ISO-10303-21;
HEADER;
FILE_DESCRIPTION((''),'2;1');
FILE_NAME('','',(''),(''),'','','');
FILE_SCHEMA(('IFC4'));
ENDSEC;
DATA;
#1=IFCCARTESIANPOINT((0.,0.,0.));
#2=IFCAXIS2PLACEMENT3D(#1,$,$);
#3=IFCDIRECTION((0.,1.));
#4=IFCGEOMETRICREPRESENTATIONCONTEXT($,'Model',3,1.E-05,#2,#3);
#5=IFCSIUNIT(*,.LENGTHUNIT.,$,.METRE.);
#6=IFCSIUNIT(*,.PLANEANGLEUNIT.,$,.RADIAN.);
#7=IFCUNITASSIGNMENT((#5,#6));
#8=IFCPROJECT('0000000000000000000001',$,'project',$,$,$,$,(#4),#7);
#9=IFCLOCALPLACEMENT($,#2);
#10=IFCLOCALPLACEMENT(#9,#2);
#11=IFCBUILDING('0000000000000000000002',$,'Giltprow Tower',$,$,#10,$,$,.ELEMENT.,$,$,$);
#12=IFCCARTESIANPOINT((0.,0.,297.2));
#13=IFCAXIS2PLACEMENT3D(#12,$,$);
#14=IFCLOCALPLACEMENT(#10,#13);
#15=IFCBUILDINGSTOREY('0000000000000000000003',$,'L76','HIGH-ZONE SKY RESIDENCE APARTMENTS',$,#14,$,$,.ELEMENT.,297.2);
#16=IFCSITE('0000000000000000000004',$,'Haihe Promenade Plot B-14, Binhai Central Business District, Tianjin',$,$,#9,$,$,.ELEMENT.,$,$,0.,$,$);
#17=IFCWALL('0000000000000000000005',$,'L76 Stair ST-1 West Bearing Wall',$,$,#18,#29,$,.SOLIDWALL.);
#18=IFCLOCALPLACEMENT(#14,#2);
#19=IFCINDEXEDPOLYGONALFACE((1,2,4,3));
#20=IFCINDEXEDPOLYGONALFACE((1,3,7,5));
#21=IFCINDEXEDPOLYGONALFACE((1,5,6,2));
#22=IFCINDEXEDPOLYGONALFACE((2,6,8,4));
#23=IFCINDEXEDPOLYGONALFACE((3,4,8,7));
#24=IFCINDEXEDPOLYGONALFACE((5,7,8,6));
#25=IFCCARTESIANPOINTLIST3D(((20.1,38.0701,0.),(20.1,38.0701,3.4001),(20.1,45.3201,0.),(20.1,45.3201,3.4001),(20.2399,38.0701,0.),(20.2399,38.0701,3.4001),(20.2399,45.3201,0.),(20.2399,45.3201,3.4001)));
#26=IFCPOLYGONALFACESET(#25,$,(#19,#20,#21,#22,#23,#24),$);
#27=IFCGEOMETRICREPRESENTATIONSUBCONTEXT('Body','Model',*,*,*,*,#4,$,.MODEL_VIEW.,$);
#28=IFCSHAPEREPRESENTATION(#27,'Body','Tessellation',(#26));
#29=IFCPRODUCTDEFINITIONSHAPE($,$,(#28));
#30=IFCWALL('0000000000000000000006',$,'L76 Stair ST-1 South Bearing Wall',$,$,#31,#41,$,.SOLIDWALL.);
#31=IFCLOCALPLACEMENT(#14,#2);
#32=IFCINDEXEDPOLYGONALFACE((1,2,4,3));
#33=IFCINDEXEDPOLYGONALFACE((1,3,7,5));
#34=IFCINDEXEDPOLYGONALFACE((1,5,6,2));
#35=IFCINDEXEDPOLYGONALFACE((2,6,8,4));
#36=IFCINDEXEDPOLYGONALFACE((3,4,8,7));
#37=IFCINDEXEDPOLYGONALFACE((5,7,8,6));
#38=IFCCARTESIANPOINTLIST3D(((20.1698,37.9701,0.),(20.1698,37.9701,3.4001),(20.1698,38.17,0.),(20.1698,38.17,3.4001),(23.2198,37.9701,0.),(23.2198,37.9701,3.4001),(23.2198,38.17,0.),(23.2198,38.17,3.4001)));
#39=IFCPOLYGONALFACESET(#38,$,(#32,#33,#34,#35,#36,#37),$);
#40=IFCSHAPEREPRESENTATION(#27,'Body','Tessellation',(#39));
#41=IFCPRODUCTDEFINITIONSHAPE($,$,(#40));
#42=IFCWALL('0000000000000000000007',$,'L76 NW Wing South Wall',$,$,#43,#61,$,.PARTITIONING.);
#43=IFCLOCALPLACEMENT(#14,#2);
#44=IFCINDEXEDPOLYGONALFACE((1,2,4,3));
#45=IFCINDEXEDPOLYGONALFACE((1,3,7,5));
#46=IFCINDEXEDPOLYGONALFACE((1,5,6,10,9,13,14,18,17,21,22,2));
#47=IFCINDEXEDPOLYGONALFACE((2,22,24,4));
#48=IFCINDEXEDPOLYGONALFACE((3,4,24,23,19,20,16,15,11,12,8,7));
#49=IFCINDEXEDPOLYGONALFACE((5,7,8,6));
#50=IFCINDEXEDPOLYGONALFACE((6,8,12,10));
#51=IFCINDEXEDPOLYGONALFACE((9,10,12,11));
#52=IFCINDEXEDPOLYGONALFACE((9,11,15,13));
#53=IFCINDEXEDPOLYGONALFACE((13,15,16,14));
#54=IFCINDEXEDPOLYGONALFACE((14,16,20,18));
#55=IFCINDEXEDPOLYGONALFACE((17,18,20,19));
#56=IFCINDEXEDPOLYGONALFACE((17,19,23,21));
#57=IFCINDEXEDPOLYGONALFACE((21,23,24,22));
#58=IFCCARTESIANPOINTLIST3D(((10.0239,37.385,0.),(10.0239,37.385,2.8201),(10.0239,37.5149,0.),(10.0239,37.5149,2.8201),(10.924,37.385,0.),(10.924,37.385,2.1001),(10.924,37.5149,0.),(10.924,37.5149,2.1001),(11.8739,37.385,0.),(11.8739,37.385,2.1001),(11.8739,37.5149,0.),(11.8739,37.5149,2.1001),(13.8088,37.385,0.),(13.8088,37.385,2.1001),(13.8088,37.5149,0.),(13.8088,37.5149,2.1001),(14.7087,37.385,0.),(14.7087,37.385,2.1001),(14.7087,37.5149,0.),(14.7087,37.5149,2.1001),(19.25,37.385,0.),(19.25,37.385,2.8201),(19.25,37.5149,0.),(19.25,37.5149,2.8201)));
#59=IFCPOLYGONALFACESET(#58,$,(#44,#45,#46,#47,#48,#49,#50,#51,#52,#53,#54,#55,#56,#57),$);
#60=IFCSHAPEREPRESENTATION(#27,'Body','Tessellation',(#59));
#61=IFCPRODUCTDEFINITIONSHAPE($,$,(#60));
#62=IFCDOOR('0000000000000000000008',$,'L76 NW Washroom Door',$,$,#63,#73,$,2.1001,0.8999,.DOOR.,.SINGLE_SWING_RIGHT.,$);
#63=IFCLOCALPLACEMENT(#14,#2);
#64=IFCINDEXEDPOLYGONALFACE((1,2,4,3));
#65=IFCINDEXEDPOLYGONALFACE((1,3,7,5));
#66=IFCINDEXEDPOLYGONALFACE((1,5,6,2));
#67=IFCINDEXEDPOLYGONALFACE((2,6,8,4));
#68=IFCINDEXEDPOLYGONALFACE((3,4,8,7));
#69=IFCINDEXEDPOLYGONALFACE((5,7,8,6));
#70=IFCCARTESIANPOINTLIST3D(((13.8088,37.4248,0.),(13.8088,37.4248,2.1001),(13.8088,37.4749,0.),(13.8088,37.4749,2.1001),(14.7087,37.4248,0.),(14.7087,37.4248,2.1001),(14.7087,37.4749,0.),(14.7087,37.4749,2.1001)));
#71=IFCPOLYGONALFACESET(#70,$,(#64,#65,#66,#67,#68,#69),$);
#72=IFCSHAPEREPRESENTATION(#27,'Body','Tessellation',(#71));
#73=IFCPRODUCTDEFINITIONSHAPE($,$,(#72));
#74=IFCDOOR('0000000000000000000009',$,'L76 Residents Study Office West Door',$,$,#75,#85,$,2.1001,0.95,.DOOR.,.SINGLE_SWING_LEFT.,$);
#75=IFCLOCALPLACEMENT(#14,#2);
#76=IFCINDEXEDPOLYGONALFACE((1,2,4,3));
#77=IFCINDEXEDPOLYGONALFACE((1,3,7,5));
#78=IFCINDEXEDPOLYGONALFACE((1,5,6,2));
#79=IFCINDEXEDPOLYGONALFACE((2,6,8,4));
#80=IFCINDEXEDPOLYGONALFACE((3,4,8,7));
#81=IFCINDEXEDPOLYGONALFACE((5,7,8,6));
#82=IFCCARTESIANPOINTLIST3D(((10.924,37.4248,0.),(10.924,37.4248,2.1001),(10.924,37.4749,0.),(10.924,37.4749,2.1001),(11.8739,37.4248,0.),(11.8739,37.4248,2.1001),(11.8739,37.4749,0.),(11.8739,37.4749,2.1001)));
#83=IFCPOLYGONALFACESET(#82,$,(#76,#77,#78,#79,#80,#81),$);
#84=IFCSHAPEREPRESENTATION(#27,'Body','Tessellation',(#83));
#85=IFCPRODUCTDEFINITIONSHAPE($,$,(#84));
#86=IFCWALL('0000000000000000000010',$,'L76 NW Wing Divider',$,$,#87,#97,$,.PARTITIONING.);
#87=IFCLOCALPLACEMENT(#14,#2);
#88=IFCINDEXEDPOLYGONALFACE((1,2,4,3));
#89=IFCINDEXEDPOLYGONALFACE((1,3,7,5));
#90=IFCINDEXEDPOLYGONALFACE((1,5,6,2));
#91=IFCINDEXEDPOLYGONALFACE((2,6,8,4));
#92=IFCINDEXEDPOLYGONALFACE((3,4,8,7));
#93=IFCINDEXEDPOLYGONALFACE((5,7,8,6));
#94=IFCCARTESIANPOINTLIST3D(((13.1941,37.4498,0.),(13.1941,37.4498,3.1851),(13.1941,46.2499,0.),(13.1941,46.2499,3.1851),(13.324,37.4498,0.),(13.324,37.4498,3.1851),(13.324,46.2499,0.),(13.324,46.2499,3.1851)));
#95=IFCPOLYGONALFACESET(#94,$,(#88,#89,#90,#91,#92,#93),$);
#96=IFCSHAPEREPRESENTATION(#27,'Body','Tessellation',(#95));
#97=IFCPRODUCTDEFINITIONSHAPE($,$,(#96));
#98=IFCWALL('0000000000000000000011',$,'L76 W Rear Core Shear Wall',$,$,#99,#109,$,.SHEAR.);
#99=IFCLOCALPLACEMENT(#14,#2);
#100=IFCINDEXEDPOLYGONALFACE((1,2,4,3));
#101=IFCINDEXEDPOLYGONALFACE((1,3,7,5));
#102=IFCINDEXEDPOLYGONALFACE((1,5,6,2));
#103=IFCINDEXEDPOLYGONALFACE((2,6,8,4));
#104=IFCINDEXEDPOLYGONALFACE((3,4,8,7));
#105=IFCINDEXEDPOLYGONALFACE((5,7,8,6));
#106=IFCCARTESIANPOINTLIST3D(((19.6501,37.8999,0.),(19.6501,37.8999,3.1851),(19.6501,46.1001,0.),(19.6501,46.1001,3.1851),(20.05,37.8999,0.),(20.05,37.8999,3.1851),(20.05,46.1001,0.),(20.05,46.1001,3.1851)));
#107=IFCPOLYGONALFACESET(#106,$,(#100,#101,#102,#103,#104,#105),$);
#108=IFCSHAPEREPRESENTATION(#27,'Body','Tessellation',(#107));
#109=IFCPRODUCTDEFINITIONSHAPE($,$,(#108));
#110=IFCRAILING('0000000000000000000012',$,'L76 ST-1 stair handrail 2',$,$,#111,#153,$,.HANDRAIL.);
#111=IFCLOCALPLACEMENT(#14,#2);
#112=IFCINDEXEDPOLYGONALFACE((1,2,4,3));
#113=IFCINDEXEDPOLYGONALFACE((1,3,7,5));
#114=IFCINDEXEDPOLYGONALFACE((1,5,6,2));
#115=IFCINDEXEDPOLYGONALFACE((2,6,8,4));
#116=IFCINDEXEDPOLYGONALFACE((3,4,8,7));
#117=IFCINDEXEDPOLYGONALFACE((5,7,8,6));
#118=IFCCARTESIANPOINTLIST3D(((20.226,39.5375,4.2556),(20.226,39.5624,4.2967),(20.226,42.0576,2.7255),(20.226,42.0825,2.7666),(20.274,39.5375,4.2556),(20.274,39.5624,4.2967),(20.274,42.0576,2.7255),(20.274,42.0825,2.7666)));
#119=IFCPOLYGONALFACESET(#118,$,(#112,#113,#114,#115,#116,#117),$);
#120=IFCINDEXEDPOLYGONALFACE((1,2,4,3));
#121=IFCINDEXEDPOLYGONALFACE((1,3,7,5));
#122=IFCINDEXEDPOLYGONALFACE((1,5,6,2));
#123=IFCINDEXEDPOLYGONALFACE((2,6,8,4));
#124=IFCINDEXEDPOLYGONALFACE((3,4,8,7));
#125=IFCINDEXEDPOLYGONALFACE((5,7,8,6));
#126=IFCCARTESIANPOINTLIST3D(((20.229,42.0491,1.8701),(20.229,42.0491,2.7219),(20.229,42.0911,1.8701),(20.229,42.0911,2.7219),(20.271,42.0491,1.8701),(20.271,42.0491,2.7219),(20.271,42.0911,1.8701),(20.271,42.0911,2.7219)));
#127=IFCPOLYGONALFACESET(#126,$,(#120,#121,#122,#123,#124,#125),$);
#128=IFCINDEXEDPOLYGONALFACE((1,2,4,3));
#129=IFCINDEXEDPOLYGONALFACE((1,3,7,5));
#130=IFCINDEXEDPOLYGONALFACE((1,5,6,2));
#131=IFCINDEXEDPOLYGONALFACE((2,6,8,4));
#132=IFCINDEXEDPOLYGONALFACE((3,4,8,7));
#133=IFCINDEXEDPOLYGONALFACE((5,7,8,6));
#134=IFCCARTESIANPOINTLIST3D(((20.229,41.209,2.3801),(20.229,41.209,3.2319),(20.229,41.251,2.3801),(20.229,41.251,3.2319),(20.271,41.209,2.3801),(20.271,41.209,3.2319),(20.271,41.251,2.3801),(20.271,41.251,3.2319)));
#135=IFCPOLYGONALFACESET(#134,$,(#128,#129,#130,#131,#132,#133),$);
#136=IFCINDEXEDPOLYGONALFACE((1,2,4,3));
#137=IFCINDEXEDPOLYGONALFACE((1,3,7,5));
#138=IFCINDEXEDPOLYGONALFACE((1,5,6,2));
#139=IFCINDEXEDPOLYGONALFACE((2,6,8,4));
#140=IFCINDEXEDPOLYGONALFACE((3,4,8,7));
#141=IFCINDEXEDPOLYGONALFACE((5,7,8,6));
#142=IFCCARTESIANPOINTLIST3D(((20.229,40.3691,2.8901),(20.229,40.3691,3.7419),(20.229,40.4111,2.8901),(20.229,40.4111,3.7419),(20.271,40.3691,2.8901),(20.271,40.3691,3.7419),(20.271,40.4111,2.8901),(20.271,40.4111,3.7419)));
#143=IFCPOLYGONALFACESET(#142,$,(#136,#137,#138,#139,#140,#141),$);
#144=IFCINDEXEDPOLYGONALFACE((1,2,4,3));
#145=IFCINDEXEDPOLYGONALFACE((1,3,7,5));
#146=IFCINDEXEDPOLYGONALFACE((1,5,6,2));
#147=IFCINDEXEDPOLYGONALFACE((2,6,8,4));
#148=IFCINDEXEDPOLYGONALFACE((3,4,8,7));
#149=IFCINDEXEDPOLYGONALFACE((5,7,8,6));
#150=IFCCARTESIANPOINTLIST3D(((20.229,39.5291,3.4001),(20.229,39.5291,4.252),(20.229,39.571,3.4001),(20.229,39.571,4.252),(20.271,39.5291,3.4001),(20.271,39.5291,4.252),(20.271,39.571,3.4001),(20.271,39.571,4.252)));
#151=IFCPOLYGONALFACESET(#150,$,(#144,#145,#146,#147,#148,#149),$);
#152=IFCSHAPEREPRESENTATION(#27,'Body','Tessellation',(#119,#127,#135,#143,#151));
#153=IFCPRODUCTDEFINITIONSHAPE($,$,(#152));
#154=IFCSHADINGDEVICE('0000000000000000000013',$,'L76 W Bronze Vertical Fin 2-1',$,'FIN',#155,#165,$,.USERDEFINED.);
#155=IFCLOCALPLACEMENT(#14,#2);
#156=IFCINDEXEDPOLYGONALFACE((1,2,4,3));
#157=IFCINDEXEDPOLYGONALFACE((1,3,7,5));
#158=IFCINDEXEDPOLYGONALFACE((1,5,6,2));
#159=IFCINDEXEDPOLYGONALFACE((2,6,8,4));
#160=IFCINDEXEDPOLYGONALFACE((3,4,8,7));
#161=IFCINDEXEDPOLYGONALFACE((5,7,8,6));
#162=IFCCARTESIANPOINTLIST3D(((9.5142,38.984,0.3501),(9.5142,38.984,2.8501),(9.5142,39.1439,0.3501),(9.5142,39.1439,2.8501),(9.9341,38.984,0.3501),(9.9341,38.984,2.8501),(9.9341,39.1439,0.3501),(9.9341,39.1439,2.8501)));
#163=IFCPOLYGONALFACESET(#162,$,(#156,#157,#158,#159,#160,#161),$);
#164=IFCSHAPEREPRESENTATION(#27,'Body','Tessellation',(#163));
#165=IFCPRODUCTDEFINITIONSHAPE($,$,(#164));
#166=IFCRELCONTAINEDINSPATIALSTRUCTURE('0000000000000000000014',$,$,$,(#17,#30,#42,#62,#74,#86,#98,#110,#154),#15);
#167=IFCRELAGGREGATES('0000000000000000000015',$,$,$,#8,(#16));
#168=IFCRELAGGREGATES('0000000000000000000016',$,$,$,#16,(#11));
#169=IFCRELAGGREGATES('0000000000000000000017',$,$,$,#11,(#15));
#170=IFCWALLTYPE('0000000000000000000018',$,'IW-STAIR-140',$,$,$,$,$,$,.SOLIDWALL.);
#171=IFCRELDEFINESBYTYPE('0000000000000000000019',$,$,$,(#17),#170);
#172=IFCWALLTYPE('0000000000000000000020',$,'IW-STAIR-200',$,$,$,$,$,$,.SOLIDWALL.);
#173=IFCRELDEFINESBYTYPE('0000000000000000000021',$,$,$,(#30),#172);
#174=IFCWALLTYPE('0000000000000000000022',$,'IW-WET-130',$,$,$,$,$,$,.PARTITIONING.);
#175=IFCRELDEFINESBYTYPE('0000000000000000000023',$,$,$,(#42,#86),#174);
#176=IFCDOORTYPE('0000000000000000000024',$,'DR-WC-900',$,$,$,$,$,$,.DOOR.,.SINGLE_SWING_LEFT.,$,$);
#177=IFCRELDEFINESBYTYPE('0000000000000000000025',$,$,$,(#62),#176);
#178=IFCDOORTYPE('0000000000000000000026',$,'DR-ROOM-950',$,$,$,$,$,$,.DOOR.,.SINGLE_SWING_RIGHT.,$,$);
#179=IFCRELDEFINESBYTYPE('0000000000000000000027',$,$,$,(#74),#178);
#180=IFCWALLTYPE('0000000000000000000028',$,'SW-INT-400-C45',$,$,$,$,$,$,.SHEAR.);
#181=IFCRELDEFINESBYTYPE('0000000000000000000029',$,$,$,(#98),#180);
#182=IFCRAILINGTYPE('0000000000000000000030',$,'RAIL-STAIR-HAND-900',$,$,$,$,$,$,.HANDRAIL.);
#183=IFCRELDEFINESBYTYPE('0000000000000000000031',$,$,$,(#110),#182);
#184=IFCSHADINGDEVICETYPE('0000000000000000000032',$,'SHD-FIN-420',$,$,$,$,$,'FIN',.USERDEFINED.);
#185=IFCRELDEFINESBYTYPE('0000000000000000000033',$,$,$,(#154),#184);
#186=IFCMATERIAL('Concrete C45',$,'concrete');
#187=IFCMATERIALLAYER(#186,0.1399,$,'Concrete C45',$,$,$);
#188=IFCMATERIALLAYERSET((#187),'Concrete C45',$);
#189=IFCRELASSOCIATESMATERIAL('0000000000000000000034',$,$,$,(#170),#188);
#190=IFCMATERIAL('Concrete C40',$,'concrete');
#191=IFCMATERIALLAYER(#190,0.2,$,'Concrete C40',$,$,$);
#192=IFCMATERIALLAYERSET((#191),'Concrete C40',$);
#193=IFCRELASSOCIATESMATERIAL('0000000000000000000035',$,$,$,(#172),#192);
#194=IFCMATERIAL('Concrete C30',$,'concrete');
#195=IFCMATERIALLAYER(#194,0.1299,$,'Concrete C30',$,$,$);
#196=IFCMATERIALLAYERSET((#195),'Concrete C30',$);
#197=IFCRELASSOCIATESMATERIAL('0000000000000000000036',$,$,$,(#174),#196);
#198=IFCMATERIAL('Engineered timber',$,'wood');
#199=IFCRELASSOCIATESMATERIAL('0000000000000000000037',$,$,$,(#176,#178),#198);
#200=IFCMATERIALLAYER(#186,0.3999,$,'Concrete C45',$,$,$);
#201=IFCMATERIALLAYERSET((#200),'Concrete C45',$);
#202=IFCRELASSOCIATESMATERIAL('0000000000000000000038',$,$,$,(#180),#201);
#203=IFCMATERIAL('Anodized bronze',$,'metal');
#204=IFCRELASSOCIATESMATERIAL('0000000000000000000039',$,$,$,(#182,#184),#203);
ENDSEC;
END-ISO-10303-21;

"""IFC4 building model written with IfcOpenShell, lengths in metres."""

from ifc_helpers import new_model, si_unit, direction, frame, frame_2d, origin, origin_2d, place, context, subcontext, project, spatial, rectangle, extrude, source, transform, mapped, material, layer, layer_set, type_object, element, fill, save


model = new_model("IFC4")

# Units and contexts
model_context = context("Model", 3, precision=1e-05, world=origin(), true_north=direction((0.0, 1.0)))
body_context = subcontext(model_context, "Body", "Model", "MODEL_VIEW")
ifc_project = project(units=[si_unit("LENGTHUNIT", "METRE"), si_unit("PLANEANGLEUNIT", "RADIAN")], contexts=[model_context])

# Site, building, storey
site_placement = place(None, origin())
site = spatial("IfcSite", under=ifc_project, at=site_placement, Name="Haihe Promenade Plot B-14, Binhai Central Business District, Tianjin", CompositionType="ELEMENT", RefElevation=0.0)
building_placement = place(site_placement, origin())
building = spatial("IfcBuilding", under=site, at=building_placement, Name="Giltprow Tower", CompositionType="ELEMENT")
storey_placement = place(building_placement, frame((0.0, 0.0, 297.2)))
storey = spatial("IfcBuildingStorey", under=building, at=storey_placement, Name="L76", Description="HIGH-ZONE SKY RESIDENCE APARTMENTS", CompositionType="ELEMENT", Elevation=297.2)

# Shared definitions
ifc_material_1 = material(Name="Concrete C45", Category="concrete")

# Shared definitions
ifc_material_2 = material(Name="Engineered timber", Category="wood")

# Walls
ifc_layer_1 = layer(ifc_material_1, 0.1399, Name="Concrete C45")
ifc_layer_set_1 = layer_set([ifc_layer_1], Name="Concrete C45")
wall_type_1 = type_object("IfcWallType", Name="IW-STAIR-140", PredefinedType="SOLIDWALL", material=ifc_layer_set_1)
wall_1_placement = place(storey_placement, frame((20.1699, 38.0701, 0.0), z_axis=(0.0, 0.0, 1.0), x_axis=(0.0, 1.0, 0.0)))
element("IfcWall", 1, at=wall_1_placement, inside=storey, type_object=wall_type_1, Name="L76 Stair ST-1 West Bearing Wall", PredefinedType="SOLIDWALL", context=body_context, shape_type="SweptSolid", body=[
    extrude(rectangle(XDim=7.25, YDim=0.1399, at=frame_2d((3.625, 0.0))), origin(), (0.0, 0.0, 1.0), 3.4001),
])
ifc_material_3 = material(Name="Concrete C40", Category="concrete")
ifc_layer_2 = layer(ifc_material_3, 0.2, Name="Concrete C40")
ifc_layer_set_2 = layer_set([ifc_layer_2], Name="Concrete C40")
wall_type_2 = type_object("IfcWallType", Name="IW-STAIR-200", PredefinedType="SOLIDWALL", material=ifc_layer_set_2)
wall_2_placement = place(storey_placement, frame((20.1699, 38.0701, 0.0), z_axis=(0.0, 0.0, 1.0), x_axis=(1.0, 0.0, 0.0)))
element("IfcWall", 2, at=wall_2_placement, inside=storey, type_object=wall_type_2, Name="L76 Stair ST-1 South Bearing Wall", PredefinedType="SOLIDWALL", context=body_context, shape_type="SweptSolid", body=[
    extrude(rectangle(XDim=3.05, YDim=0.2, at=frame_2d((1.5249, 0.0))), origin(), (0.0, 0.0, 1.0), 3.4001),
])

# Wall, openings, doors
ifc_material_4 = material(Name="Concrete C30", Category="concrete")
ifc_layer_3 = layer(ifc_material_4, 0.1299, Name="Concrete C30")
ifc_layer_set_3 = layer_set([ifc_layer_3], Name="Concrete C30")
wall_type_3 = type_object("IfcWallType", Name="IW-WET-130", PredefinedType="PARTITIONING", material=ifc_layer_set_3)
wall_3_placement = place(storey_placement, frame((10.0239, 37.45, 0.0), z_axis=(0.0, 0.0, 1.0), x_axis=(1.0, 0.0, 0.0)))
wall_3 = element("IfcWall", 3, at=wall_3_placement, inside=storey, type_object=wall_type_3, Name="L76 NW Wing South Wall", PredefinedType="PARTITIONING", context=body_context, shape_type="SweptSolid", body=[
    extrude(rectangle(XDim=9.2261, YDim=0.1299, at=frame_2d((4.613, 0.0))), origin(), (0.0, 0.0, 1.0), 2.8201),
])
opening_1_placement = place(wall_3_placement, frame((0.8999, 0.0, 0.0)))
opening_1 = element("IfcOpeningElement", 4, at=opening_1_placement, cuts=wall_3, PredefinedType="OPENING", context=body_context, shape_type="SweptSolid", body=[
    extrude(rectangle(XDim=0.95, YDim=2.1001, at=frame_2d((0.4751, 1.05))), frame((0.0, 0.075, 0.0), z_axis=(0.0, -1.0, 0.0), x_axis=(1.0, 0.0, 0.0)), (0.0, 0.0, 1.0), 0.1499),
])
opening_2_placement = place(wall_3_placement, frame((3.7849, 0.0, 0.0)))
opening_2 = element("IfcOpeningElement", 5, at=opening_2_placement, cuts=wall_3, PredefinedType="OPENING", context=body_context, shape_type="SweptSolid", body=[
    extrude(rectangle(XDim=0.8999, YDim=2.1001, at=frame_2d((0.45, 1.05))), frame((0.0, 0.075, 0.0), z_axis=(0.0, -1.0, 0.0), x_axis=(1.0, 0.0, 0.0)), (0.0, 0.0, 1.0), 0.1499),
])
door_type_1 = type_object("IfcDoorType", Name="DR-WC-900", OperationType="SINGLE_SWING_LEFT", PredefinedType="DOOR", material=ifc_material_2)
shared_shape_1 = source(origin(), body_context, "Body", "SweptSolid", [
    extrude(rectangle(XDim=0.8999, YDim=2.1001, at=frame_2d((0.45, 1.05))), frame((0.0, 0.0249, 0.0), z_axis=(0.0, -1.0, 0.0), x_axis=(1.0, 0.0, 0.0)), (0.0, 0.0, 1.0), 0.05),
])
door_1_placement = place(opening_2_placement, origin())
door_1 = element("IfcDoor", 6, at=door_1_placement, inside=storey, type_object=door_type_1, Name="L76 NW Washroom Door", OperationType="SINGLE_SWING_RIGHT", OverallHeight=2.1001, OverallWidth=0.8999, PredefinedType="DOOR", context=body_context, shape_type="MappedRepresentation", body=[
    mapped(shared_shape_1, transform((0.0, 0.0, 0.0), x_axis=(1.0, 0.0, 0.0), y_axis=(0.0, 1.0, 0.0), z_axis=(0.0, 0.0, 1.0), scale=1.0)),
])
fill(opening_2, door_1)
door_type_2 = type_object("IfcDoorType", Name="DR-ROOM-950", OperationType="SINGLE_SWING_RIGHT", PredefinedType="DOOR", material=ifc_material_2)
shared_shape_2 = source(origin(), body_context, "Body", "SweptSolid", [
    extrude(rectangle(XDim=0.95, YDim=2.1001, at=frame_2d((0.4751, 1.05))), frame((0.0, 0.0249, 0.0), z_axis=(0.0, -1.0, 0.0), x_axis=(1.0, 0.0, 0.0)), (0.0, 0.0, 1.0), 0.05),
])
door_2_placement = place(opening_1_placement, origin())
door_2 = element("IfcDoor", 7, at=door_2_placement, inside=storey, type_object=door_type_2, Name="L76 Residents Study Office West Door", OperationType="SINGLE_SWING_LEFT", OverallHeight=2.1001, OverallWidth=0.95, PredefinedType="DOOR", context=body_context, shape_type="MappedRepresentation", body=[
    mapped(shared_shape_2, transform((0.0, 0.0, 0.0), x_axis=(1.0, 0.0, 0.0), y_axis=(0.0, 1.0, 0.0), z_axis=(0.0, 0.0, 1.0), scale=1.0)),
])
fill(opening_1, door_2)

# Wall
wall_4_placement = place(storey_placement, frame((13.259, 37.45, 0.0), z_axis=(0.0, 0.0, 1.0), x_axis=(0.0, 1.0, 0.0)))
element("IfcWall", 8, at=wall_4_placement, inside=storey, type_object=wall_type_3, Name="L76 NW Wing Divider", PredefinedType="PARTITIONING", context=body_context, shape_type="SweptSolid", body=[
    extrude(rectangle(XDim=8.8, YDim=0.1299, at=frame_2d((4.3999, 0.0))), origin(), (0.0, 0.0, 1.0), 3.1851),
])

# Shared definitions
ifc_layer_4 = layer(ifc_material_1, 0.3999, Name="Concrete C45")
ifc_layer_set_4 = layer_set([ifc_layer_4], Name="Concrete C45")
wall_type_4 = type_object("IfcWallType", Name="SW-INT-400-C45", PredefinedType="SHEAR", material=ifc_layer_set_4)

# Wall
wall_5_placement = place(storey_placement, frame((19.8501, 37.8999, 0.0), z_axis=(0.0, 0.0, 1.0), x_axis=(0.0, 1.0, 0.0)))
element("IfcWall", 9, at=wall_5_placement, inside=storey, type_object=wall_type_4, Name="L76 W Rear Core Shear Wall", PredefinedType="SHEAR", context=body_context, shape_type="SweptSolid", body=[
    extrude(rectangle(XDim=8.2002, YDim=0.3999, at=frame_2d((4.1001, 0.0))), origin(), (0.0, 0.0, 1.0), 3.1851),
])

# Railing
ifc_material_5 = material(Name="Anodized bronze", Category="metal")
railing_type = type_object("IfcRailingType", Name="RAIL-STAIR-HAND-900", PredefinedType="HANDRAIL", material=ifc_material_5)
railing_placement = place(storey_placement, frame((20.25, 42.0701, 1.8701)))
element("IfcRailing", 10, at=railing_placement, inside=storey, type_object=railing_type, Name="L76 ST-1 stair handrail 2", PredefinedType="HANDRAIL", context=body_context, shape_type="SweptSolid", body=[
    extrude(rectangle(XDim=0.0481, YDim=0.0481, at=origin_2d()), frame((0.0, 0.0, 0.876), z_axis=(0.0, -0.854785, 0.518982), x_axis=(1.0, 0.0, 0.0)), (0.0, 0.0, 1.0), 2.9482),
    extrude(rectangle(XDim=0.042, YDim=0.042, at=origin_2d()), origin(), (0.0, 0.0, 1.0), 0.8518),
    extrude(rectangle(XDim=0.042, YDim=0.042, at=origin_2d()), frame((0.0, -0.8401, 0.51)), (0.0, 0.0, 1.0), 0.8518),
    extrude(rectangle(XDim=0.042, YDim=0.042, at=origin_2d()), frame((0.0, -1.6799, 1.02)), (0.0, 0.0, 1.0), 0.8518),
    extrude(rectangle(XDim=0.042, YDim=0.042, at=origin_2d()), frame((0.0, -2.52, 1.53)), (0.0, 0.0, 1.0), 0.8518),
])

# Shading device
shading_device_type = type_object("IfcShadingDeviceType", Name="SHD-FIN-420", ElementType="FIN", PredefinedType="USERDEFINED", material=ifc_material_5)
shared_shape_3 = source(origin(), body_context, "Body", "SweptSolid", [
    extrude(rectangle(XDim=0.4199, YDim=0.1599, at=origin_2d()), origin(), (0.0, 0.0, 1.0), 2.5),
])
shading_device_placement = place(storey_placement, frame((9.7241, 39.064, 0.3501), z_axis=(0.0, 0.0, 1.0), x_axis=(1.0, 0.0, 0.0)))
element("IfcShadingDevice", 11, at=shading_device_placement, inside=storey, type_object=shading_device_type, Name="L76 W Bronze Vertical Fin 2-1", ObjectType="FIN", PredefinedType="USERDEFINED", context=body_context, shape_type="MappedRepresentation", body=[
    mapped(shared_shape_3, transform((0.0, 0.0, 0.0), x_axis=(1.0, 0.0, 0.0), y_axis=(0.0, 1.0, 0.0), z_axis=(0.0, 0.0, 1.0), scale=1.0)),
])

save(model, "model.ifc")
